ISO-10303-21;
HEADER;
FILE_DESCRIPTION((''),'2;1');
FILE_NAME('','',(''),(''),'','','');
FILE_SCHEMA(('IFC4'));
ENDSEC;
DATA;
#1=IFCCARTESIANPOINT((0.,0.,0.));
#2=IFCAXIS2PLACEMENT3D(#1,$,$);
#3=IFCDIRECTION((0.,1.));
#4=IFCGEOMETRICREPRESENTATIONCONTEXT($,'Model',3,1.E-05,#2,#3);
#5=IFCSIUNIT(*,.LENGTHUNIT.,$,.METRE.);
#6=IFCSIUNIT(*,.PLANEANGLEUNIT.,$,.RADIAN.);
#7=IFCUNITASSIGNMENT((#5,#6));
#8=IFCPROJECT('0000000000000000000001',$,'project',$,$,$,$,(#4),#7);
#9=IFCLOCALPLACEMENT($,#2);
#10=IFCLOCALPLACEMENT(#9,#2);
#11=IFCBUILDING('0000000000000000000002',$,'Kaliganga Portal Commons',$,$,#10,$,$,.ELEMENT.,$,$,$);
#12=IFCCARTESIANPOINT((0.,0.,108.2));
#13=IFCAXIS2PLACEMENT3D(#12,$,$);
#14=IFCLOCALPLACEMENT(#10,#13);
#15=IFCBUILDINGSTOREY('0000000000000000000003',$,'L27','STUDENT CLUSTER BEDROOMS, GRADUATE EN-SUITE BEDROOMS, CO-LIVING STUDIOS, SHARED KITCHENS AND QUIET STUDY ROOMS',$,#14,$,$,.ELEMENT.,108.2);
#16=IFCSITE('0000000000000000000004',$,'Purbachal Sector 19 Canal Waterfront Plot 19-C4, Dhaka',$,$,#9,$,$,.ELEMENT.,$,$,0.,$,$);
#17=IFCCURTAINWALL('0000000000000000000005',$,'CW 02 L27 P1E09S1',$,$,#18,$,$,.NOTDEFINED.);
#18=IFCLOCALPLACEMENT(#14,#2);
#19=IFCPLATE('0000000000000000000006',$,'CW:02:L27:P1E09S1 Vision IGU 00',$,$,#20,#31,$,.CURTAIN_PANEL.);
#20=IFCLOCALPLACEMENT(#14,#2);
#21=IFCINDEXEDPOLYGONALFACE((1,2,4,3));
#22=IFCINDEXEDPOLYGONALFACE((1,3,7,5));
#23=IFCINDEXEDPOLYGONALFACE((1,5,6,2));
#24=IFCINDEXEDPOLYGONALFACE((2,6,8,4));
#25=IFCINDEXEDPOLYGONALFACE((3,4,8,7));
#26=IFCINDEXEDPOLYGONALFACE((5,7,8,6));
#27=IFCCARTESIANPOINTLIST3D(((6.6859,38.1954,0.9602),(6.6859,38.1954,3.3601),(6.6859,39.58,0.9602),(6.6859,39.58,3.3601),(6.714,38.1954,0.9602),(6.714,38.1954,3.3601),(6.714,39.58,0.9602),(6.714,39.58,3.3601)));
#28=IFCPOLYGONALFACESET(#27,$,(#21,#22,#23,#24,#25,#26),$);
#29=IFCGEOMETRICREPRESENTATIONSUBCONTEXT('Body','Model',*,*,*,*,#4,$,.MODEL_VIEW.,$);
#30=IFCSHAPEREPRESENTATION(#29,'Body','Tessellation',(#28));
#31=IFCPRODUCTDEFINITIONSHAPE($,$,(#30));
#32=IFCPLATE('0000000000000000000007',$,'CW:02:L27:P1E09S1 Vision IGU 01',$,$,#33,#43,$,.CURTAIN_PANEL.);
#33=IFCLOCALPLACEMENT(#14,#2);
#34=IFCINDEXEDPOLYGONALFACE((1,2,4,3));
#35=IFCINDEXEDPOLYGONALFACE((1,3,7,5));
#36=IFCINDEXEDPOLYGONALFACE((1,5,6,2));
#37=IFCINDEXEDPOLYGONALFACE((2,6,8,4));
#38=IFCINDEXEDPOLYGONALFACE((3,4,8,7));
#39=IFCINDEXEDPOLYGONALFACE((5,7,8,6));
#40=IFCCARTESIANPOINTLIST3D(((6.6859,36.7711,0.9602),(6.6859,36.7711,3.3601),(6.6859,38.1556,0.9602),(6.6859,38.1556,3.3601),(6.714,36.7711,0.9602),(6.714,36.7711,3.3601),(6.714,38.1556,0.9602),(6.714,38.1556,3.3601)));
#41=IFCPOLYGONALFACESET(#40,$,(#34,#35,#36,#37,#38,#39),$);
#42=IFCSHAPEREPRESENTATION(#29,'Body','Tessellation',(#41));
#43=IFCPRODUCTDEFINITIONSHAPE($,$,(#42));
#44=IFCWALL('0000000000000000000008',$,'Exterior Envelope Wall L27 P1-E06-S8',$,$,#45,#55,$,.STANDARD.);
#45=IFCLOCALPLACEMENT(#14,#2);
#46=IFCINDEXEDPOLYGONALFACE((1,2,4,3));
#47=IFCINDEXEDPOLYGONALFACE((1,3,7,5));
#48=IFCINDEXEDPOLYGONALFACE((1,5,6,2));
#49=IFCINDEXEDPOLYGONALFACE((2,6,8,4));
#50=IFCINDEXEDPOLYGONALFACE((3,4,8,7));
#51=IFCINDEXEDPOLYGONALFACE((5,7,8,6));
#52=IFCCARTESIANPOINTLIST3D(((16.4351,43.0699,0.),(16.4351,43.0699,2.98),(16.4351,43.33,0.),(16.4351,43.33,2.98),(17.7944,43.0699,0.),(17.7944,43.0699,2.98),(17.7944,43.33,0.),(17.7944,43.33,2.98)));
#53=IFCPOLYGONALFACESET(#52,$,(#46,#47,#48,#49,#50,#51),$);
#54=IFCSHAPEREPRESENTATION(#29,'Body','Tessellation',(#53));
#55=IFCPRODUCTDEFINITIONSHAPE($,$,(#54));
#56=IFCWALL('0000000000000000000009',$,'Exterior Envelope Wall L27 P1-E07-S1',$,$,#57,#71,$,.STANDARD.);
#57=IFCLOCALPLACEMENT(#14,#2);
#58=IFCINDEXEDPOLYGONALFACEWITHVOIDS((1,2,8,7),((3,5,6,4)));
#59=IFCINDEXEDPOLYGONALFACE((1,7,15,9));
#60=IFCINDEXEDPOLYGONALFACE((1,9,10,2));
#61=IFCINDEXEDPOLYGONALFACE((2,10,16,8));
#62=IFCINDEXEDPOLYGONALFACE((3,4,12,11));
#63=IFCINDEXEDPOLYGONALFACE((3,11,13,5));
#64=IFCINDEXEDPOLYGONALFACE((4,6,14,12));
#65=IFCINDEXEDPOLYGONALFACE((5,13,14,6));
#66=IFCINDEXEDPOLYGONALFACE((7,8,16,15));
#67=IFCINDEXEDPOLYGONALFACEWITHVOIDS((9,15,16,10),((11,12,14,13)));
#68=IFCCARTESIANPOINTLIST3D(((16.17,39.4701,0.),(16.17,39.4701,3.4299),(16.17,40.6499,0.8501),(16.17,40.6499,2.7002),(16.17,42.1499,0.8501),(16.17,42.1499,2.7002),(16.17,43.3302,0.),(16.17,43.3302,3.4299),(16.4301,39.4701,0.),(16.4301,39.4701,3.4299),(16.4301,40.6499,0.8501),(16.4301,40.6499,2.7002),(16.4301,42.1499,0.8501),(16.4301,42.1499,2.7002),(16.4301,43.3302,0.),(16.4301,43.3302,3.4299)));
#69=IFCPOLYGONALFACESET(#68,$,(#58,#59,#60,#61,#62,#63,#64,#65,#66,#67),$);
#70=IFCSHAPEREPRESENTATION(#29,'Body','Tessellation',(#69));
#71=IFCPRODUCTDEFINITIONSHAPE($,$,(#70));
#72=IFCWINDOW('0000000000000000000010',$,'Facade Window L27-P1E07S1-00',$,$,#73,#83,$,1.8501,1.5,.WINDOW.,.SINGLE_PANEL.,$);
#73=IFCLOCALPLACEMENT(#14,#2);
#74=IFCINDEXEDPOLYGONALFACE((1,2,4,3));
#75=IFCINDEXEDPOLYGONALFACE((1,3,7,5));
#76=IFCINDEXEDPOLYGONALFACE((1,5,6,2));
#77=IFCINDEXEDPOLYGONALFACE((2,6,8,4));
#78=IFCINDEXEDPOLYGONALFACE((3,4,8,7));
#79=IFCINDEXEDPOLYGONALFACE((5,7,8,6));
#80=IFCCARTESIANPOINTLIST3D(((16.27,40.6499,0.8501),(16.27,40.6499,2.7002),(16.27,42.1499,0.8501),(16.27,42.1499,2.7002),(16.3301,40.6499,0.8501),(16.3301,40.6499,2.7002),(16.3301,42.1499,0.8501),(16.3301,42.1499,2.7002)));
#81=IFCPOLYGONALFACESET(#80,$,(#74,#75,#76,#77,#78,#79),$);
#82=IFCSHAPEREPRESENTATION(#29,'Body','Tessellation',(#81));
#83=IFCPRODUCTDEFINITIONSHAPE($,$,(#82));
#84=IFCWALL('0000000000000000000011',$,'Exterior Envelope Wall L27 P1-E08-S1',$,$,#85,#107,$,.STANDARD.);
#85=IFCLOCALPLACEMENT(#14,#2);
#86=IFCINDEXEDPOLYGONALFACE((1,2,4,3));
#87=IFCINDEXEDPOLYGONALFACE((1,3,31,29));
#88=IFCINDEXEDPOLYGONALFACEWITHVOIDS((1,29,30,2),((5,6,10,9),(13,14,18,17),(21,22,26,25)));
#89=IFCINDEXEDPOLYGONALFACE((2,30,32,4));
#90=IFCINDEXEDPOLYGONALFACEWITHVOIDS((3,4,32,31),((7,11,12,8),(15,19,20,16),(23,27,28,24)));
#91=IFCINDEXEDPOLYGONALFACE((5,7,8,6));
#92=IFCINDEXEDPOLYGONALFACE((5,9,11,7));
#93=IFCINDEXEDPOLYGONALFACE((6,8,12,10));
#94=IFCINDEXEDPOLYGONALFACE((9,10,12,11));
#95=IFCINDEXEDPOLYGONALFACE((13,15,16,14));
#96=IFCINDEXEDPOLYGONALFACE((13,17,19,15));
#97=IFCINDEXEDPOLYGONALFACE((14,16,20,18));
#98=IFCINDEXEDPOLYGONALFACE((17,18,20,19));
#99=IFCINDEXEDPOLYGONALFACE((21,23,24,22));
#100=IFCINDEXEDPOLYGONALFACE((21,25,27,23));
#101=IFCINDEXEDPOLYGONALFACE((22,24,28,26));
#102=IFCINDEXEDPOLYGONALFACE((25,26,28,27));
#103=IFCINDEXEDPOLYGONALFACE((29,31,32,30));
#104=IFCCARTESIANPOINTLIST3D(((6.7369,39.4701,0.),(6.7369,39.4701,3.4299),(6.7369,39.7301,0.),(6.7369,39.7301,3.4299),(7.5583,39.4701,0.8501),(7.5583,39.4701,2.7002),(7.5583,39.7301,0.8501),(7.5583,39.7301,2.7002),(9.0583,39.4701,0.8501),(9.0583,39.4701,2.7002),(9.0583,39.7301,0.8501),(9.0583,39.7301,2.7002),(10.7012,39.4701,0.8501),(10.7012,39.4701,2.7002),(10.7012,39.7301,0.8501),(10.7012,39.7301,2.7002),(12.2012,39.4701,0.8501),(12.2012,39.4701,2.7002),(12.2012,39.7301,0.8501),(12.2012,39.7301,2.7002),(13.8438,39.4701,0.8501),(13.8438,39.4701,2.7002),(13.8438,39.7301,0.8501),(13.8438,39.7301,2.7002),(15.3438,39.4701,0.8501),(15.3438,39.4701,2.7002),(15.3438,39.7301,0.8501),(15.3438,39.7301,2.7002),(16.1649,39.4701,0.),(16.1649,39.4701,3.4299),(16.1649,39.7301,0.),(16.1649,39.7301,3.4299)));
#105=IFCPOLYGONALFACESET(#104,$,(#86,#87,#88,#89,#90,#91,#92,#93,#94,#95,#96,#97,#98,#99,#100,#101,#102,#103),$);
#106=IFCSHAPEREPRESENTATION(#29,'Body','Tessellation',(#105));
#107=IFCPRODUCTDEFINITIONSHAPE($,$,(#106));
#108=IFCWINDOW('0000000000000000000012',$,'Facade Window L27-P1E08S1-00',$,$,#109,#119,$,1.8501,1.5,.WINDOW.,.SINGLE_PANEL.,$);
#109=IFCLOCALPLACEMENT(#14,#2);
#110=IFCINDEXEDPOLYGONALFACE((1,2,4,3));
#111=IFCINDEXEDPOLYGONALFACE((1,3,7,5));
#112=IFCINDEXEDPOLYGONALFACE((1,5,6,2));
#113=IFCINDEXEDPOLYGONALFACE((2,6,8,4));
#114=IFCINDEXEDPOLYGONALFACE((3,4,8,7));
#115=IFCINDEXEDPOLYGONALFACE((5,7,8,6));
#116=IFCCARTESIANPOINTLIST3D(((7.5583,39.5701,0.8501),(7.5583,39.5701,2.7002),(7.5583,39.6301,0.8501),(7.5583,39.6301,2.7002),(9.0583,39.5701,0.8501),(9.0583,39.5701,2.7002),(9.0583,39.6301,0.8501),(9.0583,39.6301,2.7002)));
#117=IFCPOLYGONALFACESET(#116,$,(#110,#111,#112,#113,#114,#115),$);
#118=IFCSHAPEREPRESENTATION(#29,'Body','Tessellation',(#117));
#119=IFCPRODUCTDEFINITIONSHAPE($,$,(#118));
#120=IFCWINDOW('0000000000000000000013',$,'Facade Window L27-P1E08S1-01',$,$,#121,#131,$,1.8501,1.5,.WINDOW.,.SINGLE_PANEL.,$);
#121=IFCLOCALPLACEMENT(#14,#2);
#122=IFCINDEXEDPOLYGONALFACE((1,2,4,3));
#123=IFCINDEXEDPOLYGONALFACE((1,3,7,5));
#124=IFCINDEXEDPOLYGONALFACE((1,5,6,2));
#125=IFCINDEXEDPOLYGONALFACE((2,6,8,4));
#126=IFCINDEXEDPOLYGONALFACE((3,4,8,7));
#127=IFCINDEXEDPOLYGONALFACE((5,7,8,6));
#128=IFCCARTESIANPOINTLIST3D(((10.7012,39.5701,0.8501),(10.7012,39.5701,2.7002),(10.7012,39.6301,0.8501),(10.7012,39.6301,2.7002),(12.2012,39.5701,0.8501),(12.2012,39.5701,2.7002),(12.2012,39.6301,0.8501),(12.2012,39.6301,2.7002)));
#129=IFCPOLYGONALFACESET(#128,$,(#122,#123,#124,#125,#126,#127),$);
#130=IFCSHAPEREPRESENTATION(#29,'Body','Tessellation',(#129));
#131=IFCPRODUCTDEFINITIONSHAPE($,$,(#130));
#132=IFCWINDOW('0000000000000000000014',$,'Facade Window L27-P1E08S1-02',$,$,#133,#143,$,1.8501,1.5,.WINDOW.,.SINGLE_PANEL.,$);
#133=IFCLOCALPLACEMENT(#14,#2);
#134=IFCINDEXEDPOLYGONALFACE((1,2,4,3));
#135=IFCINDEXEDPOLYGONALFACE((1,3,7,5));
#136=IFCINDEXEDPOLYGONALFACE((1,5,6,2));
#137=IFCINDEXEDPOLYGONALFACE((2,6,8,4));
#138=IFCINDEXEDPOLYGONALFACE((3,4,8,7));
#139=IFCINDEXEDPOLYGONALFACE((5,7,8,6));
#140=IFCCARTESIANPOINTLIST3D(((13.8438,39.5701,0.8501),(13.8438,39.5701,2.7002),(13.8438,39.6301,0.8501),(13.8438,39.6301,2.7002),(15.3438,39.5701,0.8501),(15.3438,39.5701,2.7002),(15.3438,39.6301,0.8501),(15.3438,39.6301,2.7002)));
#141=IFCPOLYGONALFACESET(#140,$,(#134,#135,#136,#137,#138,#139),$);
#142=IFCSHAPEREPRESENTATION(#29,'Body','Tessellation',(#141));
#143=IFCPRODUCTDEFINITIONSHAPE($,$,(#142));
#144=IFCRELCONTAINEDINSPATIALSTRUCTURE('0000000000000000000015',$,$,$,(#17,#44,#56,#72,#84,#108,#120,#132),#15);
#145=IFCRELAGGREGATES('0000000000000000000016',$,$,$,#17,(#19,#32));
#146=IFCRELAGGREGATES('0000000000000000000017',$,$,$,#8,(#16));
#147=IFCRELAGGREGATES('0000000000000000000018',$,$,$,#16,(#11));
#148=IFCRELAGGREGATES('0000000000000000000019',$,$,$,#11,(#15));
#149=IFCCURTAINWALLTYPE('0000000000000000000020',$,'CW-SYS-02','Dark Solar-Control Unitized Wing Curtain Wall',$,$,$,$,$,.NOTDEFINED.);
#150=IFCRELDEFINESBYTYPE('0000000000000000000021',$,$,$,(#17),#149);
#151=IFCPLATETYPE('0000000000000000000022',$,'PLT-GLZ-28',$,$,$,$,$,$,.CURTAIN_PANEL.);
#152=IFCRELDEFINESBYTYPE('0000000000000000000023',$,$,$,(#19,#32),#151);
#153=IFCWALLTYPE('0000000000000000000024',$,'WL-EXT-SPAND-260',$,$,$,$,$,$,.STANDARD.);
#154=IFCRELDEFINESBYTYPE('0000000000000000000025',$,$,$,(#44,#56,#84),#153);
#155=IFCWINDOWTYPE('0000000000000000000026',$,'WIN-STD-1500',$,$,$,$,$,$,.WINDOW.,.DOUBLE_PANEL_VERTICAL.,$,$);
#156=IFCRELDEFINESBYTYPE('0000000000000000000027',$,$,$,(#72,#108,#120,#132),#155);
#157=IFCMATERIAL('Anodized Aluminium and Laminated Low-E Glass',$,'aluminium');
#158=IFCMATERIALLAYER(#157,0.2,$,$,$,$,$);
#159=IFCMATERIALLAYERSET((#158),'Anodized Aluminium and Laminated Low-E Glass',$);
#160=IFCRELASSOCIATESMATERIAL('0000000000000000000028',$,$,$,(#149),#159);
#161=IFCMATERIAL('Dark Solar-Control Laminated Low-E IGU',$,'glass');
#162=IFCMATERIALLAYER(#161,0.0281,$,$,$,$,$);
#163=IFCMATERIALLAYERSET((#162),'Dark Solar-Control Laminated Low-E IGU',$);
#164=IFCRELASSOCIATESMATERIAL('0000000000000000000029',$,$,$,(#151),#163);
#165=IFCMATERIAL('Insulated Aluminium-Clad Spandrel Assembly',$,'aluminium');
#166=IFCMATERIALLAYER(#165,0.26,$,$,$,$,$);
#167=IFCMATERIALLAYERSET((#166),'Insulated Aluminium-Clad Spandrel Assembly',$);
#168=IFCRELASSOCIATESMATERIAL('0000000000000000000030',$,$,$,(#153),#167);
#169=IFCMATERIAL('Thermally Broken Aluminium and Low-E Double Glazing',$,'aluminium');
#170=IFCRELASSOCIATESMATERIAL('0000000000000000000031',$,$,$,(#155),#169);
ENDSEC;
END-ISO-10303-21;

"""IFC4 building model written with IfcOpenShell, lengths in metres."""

from ifc_helpers import new_model, si_unit, direction, frame, frame_2d, origin, origin_2d, place, context, subcontext, project, spatial, rectangle, extrude, source, transform, mapped, material, layer, layer_set, type_object, element, fill, aggregate, save


model = new_model("IFC4")

# Units and contexts
model_context = context("Model", 3, precision=1e-05, world=origin(), true_north=direction((0.0, 1.0)))
body_context = subcontext(model_context, "Body", "Model", "MODEL_VIEW")
ifc_project = project(units=[si_unit("LENGTHUNIT", "METRE"), si_unit("PLANEANGLEUNIT", "RADIAN")], contexts=[model_context])

# Site, building, storey
site_placement = place(None, origin())
site = spatial("IfcSite", under=ifc_project, at=site_placement, Name="Purbachal Sector 19 Canal Waterfront Plot 19-C4, Dhaka", CompositionType="ELEMENT", RefElevation=0.0)
building_placement = place(site_placement, origin())
building = spatial("IfcBuilding", under=site, at=building_placement, Name="Kaliganga Portal Commons", CompositionType="ELEMENT")
storey_placement = place(building_placement, frame((0.0, 0.0, 108.2)))
storey = spatial("IfcBuildingStorey", under=building, at=storey_placement, Name="L27", Description="STUDENT CLUSTER BEDROOMS, GRADUATE EN-SUITE BEDROOMS, CO-LIVING STUDIOS, SHARED KITCHENS AND QUIET STUDY ROOMS", CompositionType="ELEMENT", Elevation=108.2)

# Curtain wall, plates
ifc_material_1 = material(Name="Anodized Aluminium and Laminated Low-E Glass", Category="aluminium")
ifc_layer_1 = layer(ifc_material_1, 0.2)
ifc_layer_set_1 = layer_set([ifc_layer_1], Name="Anodized Aluminium and Laminated Low-E Glass")
curtain_wall_type = type_object("IfcCurtainWallType", Name="CW-SYS-02", Description="Dark Solar-Control Unitized Wing Curtain Wall", PredefinedType="NOTDEFINED", material=ifc_layer_set_1)
curtain_wall_placement = place(storey_placement, origin())
curtain_wall = element("IfcCurtainWall", 1, at=curtain_wall_placement, inside=storey, type_object=curtain_wall_type, Name="CW 02 L27 P1E09S1", PredefinedType="NOTDEFINED")
ifc_material_2 = material(Name="Dark Solar-Control Laminated Low-E IGU", Category="glass")
ifc_layer_2 = layer(ifc_material_2, 0.0281)
ifc_layer_set_2 = layer_set([ifc_layer_2], Name="Dark Solar-Control Laminated Low-E IGU")
plate_type_1 = type_object("IfcPlateType", Name="PLT-GLZ-28", PredefinedType="CURTAIN_PANEL", material=ifc_layer_set_2)
shared_shape_1 = source(origin(), body_context, "Body", "SweptSolid", [
    extrude(rectangle(XDim=1.3845, YDim=0.0281, at=origin_2d()), origin(), (0.0, 0.0, 1.0), 2.3999),
])
plate_1_placement = place(storey_placement, frame((6.7, 38.8877, 0.9602), z_axis=(0.0, 0.0, 1.0), x_axis=(0.0, -1.0, 0.0)))
plate_1 = element("IfcPlate", 2, at=plate_1_placement, type_object=plate_type_1, Name="CW:02:L27:P1E09S1 Vision IGU 00", PredefinedType="CURTAIN_PANEL", context=body_context, shape_type="MappedRepresentation", body=[
    mapped(shared_shape_1, transform((0.0, 0.0, 0.0), x_axis=(1.0, 0.0, 0.0), y_axis=(0.0, 1.0, 0.0), z_axis=(0.0, 0.0, 1.0), scale=1.0)),
])
plate_2_placement = place(storey_placement, frame((6.7, 37.4634, 0.9602), z_axis=(0.0, 0.0, 1.0), x_axis=(0.0, -1.0, 0.0)))
plate_2 = element("IfcPlate", 3, at=plate_2_placement, type_object=plate_type_1, Name="CW:02:L27:P1E09S1 Vision IGU 01", PredefinedType="CURTAIN_PANEL", context=body_context, shape_type="MappedRepresentation", body=[
    mapped(shared_shape_1, transform((0.0, 0.0, 0.0), x_axis=(1.0, 0.0, 0.0), y_axis=(0.0, 1.0, 0.0), z_axis=(0.0, 0.0, 1.0), scale=1.0)),
])
aggregate(curtain_wall, [plate_1, plate_2])

# Wall
ifc_material_3 = material(Name="Insulated Aluminium-Clad Spandrel Assembly", Category="aluminium")
ifc_layer_3 = layer(ifc_material_3, 0.26)
ifc_layer_set_3 = layer_set([ifc_layer_3], Name="Insulated Aluminium-Clad Spandrel Assembly")
wall_type_1 = type_object("IfcWallType", Name="WL-EXT-SPAND-260", PredefinedType="STANDARD", material=ifc_layer_set_3)
wall_1_placement = place(storey_placement, frame((16.4351, 43.2, 0.0), z_axis=(0.0, 0.0, 1.0), x_axis=(1.0, 0.0, 0.0)))
element("IfcWall", 4, at=wall_1_placement, inside=storey, type_object=wall_type_1, Name="Exterior Envelope Wall L27 P1-E06-S8", PredefinedType="STANDARD", context=body_context, shape_type="SweptSolid", body=[
    extrude(rectangle(XDim=1.3594, YDim=0.26, at=frame_2d((0.6797, 0.0))), origin(), (0.0, 0.0, 1.0), 2.98),
])

# Wall, opening, window
wall_2_placement = place(storey_placement, frame((16.3, 39.47, 0.0), z_axis=(0.0, 0.0, 1.0), x_axis=(0.0, 1.0, 0.0)))
wall_2 = element("IfcWall", 5, at=wall_2_placement, inside=storey, type_object=wall_type_1, Name="Exterior Envelope Wall L27 P1-E07-S1", PredefinedType="STANDARD", context=body_context, shape_type="SweptSolid", body=[
    extrude(rectangle(XDim=3.8601, YDim=0.26, at=frame_2d((1.9302, 0.0))), origin(), (0.0, 0.0, 1.0), 3.4299),
])
opening_1_placement = place(wall_2_placement, frame((1.1799, 0.0, 0.8501)))
opening_1 = element("IfcOpeningElement", 6, at=opening_1_placement, cuts=wall_2, PredefinedType="OPENING", context=body_context, shape_type="SweptSolid", body=[
    extrude(rectangle(XDim=1.5, YDim=1.8501, at=frame_2d((0.75, 0.925))), frame((0.0, 0.1401, 0.0), z_axis=(0.0, -1.0, 0.0), x_axis=(1.0, 0.0, 0.0)), (0.0, 0.0, 1.0), 0.28),
])
ifc_material_4 = material(Name="Thermally Broken Aluminium and Low-E Double Glazing", Category="aluminium")
window_type = type_object("IfcWindowType", Name="WIN-STD-1500", PartitioningType="DOUBLE_PANEL_VERTICAL", PredefinedType="WINDOW", material=ifc_material_4)
window_1_placement = place(opening_1_placement, origin())
window_1 = element("IfcWindow", 7, at=window_1_placement, inside=storey, type_object=window_type, Name="Facade Window L27-P1E07S1-00", OverallHeight=1.8501, OverallWidth=1.5, PartitioningType="SINGLE_PANEL", PredefinedType="WINDOW", context=body_context, shape_type="SweptSolid", body=[
    extrude(rectangle(XDim=1.5, YDim=1.8501, at=frame_2d((0.75, 0.925))), frame((0.0, 0.03, 0.0), z_axis=(0.0, -1.0, 0.0), x_axis=(1.0, 0.0, 0.0)), (0.0, 0.0, 1.0), 0.0601),
])
fill(opening_1, window_1)

# Wall, openings, windows
wall_3_placement = place(storey_placement, frame((6.7371, 39.6001, 0.0), z_axis=(0.0, 0.0, 1.0), x_axis=(1.0, 0.0, 0.0)))
wall_3 = element("IfcWall", 8, at=wall_3_placement, inside=storey, type_object=wall_type_1, Name="Exterior Envelope Wall L27 P1-E08-S1", PredefinedType="STANDARD", context=body_context, shape_type="SweptSolid", body=[
    extrude(rectangle(XDim=9.428, YDim=0.26, at=frame_2d((4.7139, 0.0))), origin(), (0.0, 0.0, 1.0), 3.4299),
])
opening_2_placement = place(wall_3_placement, frame((0.8213, 0.0, 0.8501)))
opening_2 = element("IfcOpeningElement", 9, at=opening_2_placement, cuts=wall_3, PredefinedType="OPENING", context=body_context, shape_type="SweptSolid", body=[
    extrude(rectangle(XDim=1.5, YDim=1.8501, at=frame_2d((0.75, 0.925))), frame((0.0, 0.1401, 0.0), z_axis=(0.0, -1.0, 0.0), x_axis=(1.0, 0.0, 0.0)), (0.0, 0.0, 1.0), 0.28),
])
opening_3_placement = place(wall_3_placement, frame((3.9641, 0.0, 0.8501)))
opening_3 = element("IfcOpeningElement", 10, at=opening_3_placement, cuts=wall_3, PredefinedType="OPENING", context=body_context, shape_type="SweptSolid", body=[
    extrude(rectangle(XDim=1.5, YDim=1.8501, at=frame_2d((0.75, 0.925))), frame((0.0, 0.1401, 0.0), z_axis=(0.0, -1.0, 0.0), x_axis=(1.0, 0.0, 0.0)), (0.0, 0.0, 1.0), 0.28),
])
opening_4_placement = place(wall_3_placement, frame((7.1067, 0.0, 0.8501)))
opening_4 = element("IfcOpeningElement", 11, at=opening_4_placement, cuts=wall_3, PredefinedType="OPENING", context=body_context, shape_type="SweptSolid", body=[
    extrude(rectangle(XDim=1.5, YDim=1.8501, at=frame_2d((0.75, 0.925))), frame((0.0, 0.1401, 0.0), z_axis=(0.0, -1.0, 0.0), x_axis=(1.0, 0.0, 0.0)), (0.0, 0.0, 1.0), 0.28),
])
window_2_placement = place(opening_2_placement, origin())
window_2 = element("IfcWindow", 12, at=window_2_placement, inside=storey, type_object=window_type, Name="Facade Window L27-P1E08S1-00", OverallHeight=1.8501, OverallWidth=1.5, PartitioningType="SINGLE_PANEL", PredefinedType="WINDOW", context=body_context, shape_type="SweptSolid", body=[
    extrude(rectangle(XDim=1.5, YDim=1.8501, at=frame_2d((0.75, 0.925))), frame((0.0, 0.03, 0.0), z_axis=(0.0, -1.0, 0.0), x_axis=(1.0, 0.0, 0.0)), (0.0, 0.0, 1.0), 0.0601),
])
fill(opening_2, window_2)
window_3_placement = place(opening_3_placement, origin())
window_3 = element("IfcWindow", 13, at=window_3_placement, inside=storey, type_object=window_type, Name="Facade Window L27-P1E08S1-01", OverallHeight=1.8501, OverallWidth=1.5, PartitioningType="SINGLE_PANEL", PredefinedType="WINDOW", context=body_context, shape_type="SweptSolid", body=[
    extrude(rectangle(XDim=1.5, YDim=1.8501, at=frame_2d((0.75, 0.925))), frame((0.0, 0.03, 0.0), z_axis=(0.0, -1.0, 0.0), x_axis=(1.0, 0.0, 0.0)), (0.0, 0.0, 1.0), 0.0601),
])
fill(opening_3, window_3)
window_4_placement = place(opening_4_placement, origin())
window_4 = element("IfcWindow", 14, at=window_4_placement, inside=storey, type_object=window_type, Name="Facade Window L27-P1E08S1-02", OverallHeight=1.8501, OverallWidth=1.5, PartitioningType="SINGLE_PANEL", PredefinedType="WINDOW", context=body_context, shape_type="SweptSolid", body=[
    extrude(rectangle(XDim=1.5, YDim=1.8501, at=frame_2d((0.75, 0.925))), frame((0.0, 0.03, 0.0), z_axis=(0.0, -1.0, 0.0), x_axis=(1.0, 0.0, 0.0)), (0.0, 0.0, 1.0), 0.0601),
])
fill(opening_4, window_4)

save(model, "model.ifc")
